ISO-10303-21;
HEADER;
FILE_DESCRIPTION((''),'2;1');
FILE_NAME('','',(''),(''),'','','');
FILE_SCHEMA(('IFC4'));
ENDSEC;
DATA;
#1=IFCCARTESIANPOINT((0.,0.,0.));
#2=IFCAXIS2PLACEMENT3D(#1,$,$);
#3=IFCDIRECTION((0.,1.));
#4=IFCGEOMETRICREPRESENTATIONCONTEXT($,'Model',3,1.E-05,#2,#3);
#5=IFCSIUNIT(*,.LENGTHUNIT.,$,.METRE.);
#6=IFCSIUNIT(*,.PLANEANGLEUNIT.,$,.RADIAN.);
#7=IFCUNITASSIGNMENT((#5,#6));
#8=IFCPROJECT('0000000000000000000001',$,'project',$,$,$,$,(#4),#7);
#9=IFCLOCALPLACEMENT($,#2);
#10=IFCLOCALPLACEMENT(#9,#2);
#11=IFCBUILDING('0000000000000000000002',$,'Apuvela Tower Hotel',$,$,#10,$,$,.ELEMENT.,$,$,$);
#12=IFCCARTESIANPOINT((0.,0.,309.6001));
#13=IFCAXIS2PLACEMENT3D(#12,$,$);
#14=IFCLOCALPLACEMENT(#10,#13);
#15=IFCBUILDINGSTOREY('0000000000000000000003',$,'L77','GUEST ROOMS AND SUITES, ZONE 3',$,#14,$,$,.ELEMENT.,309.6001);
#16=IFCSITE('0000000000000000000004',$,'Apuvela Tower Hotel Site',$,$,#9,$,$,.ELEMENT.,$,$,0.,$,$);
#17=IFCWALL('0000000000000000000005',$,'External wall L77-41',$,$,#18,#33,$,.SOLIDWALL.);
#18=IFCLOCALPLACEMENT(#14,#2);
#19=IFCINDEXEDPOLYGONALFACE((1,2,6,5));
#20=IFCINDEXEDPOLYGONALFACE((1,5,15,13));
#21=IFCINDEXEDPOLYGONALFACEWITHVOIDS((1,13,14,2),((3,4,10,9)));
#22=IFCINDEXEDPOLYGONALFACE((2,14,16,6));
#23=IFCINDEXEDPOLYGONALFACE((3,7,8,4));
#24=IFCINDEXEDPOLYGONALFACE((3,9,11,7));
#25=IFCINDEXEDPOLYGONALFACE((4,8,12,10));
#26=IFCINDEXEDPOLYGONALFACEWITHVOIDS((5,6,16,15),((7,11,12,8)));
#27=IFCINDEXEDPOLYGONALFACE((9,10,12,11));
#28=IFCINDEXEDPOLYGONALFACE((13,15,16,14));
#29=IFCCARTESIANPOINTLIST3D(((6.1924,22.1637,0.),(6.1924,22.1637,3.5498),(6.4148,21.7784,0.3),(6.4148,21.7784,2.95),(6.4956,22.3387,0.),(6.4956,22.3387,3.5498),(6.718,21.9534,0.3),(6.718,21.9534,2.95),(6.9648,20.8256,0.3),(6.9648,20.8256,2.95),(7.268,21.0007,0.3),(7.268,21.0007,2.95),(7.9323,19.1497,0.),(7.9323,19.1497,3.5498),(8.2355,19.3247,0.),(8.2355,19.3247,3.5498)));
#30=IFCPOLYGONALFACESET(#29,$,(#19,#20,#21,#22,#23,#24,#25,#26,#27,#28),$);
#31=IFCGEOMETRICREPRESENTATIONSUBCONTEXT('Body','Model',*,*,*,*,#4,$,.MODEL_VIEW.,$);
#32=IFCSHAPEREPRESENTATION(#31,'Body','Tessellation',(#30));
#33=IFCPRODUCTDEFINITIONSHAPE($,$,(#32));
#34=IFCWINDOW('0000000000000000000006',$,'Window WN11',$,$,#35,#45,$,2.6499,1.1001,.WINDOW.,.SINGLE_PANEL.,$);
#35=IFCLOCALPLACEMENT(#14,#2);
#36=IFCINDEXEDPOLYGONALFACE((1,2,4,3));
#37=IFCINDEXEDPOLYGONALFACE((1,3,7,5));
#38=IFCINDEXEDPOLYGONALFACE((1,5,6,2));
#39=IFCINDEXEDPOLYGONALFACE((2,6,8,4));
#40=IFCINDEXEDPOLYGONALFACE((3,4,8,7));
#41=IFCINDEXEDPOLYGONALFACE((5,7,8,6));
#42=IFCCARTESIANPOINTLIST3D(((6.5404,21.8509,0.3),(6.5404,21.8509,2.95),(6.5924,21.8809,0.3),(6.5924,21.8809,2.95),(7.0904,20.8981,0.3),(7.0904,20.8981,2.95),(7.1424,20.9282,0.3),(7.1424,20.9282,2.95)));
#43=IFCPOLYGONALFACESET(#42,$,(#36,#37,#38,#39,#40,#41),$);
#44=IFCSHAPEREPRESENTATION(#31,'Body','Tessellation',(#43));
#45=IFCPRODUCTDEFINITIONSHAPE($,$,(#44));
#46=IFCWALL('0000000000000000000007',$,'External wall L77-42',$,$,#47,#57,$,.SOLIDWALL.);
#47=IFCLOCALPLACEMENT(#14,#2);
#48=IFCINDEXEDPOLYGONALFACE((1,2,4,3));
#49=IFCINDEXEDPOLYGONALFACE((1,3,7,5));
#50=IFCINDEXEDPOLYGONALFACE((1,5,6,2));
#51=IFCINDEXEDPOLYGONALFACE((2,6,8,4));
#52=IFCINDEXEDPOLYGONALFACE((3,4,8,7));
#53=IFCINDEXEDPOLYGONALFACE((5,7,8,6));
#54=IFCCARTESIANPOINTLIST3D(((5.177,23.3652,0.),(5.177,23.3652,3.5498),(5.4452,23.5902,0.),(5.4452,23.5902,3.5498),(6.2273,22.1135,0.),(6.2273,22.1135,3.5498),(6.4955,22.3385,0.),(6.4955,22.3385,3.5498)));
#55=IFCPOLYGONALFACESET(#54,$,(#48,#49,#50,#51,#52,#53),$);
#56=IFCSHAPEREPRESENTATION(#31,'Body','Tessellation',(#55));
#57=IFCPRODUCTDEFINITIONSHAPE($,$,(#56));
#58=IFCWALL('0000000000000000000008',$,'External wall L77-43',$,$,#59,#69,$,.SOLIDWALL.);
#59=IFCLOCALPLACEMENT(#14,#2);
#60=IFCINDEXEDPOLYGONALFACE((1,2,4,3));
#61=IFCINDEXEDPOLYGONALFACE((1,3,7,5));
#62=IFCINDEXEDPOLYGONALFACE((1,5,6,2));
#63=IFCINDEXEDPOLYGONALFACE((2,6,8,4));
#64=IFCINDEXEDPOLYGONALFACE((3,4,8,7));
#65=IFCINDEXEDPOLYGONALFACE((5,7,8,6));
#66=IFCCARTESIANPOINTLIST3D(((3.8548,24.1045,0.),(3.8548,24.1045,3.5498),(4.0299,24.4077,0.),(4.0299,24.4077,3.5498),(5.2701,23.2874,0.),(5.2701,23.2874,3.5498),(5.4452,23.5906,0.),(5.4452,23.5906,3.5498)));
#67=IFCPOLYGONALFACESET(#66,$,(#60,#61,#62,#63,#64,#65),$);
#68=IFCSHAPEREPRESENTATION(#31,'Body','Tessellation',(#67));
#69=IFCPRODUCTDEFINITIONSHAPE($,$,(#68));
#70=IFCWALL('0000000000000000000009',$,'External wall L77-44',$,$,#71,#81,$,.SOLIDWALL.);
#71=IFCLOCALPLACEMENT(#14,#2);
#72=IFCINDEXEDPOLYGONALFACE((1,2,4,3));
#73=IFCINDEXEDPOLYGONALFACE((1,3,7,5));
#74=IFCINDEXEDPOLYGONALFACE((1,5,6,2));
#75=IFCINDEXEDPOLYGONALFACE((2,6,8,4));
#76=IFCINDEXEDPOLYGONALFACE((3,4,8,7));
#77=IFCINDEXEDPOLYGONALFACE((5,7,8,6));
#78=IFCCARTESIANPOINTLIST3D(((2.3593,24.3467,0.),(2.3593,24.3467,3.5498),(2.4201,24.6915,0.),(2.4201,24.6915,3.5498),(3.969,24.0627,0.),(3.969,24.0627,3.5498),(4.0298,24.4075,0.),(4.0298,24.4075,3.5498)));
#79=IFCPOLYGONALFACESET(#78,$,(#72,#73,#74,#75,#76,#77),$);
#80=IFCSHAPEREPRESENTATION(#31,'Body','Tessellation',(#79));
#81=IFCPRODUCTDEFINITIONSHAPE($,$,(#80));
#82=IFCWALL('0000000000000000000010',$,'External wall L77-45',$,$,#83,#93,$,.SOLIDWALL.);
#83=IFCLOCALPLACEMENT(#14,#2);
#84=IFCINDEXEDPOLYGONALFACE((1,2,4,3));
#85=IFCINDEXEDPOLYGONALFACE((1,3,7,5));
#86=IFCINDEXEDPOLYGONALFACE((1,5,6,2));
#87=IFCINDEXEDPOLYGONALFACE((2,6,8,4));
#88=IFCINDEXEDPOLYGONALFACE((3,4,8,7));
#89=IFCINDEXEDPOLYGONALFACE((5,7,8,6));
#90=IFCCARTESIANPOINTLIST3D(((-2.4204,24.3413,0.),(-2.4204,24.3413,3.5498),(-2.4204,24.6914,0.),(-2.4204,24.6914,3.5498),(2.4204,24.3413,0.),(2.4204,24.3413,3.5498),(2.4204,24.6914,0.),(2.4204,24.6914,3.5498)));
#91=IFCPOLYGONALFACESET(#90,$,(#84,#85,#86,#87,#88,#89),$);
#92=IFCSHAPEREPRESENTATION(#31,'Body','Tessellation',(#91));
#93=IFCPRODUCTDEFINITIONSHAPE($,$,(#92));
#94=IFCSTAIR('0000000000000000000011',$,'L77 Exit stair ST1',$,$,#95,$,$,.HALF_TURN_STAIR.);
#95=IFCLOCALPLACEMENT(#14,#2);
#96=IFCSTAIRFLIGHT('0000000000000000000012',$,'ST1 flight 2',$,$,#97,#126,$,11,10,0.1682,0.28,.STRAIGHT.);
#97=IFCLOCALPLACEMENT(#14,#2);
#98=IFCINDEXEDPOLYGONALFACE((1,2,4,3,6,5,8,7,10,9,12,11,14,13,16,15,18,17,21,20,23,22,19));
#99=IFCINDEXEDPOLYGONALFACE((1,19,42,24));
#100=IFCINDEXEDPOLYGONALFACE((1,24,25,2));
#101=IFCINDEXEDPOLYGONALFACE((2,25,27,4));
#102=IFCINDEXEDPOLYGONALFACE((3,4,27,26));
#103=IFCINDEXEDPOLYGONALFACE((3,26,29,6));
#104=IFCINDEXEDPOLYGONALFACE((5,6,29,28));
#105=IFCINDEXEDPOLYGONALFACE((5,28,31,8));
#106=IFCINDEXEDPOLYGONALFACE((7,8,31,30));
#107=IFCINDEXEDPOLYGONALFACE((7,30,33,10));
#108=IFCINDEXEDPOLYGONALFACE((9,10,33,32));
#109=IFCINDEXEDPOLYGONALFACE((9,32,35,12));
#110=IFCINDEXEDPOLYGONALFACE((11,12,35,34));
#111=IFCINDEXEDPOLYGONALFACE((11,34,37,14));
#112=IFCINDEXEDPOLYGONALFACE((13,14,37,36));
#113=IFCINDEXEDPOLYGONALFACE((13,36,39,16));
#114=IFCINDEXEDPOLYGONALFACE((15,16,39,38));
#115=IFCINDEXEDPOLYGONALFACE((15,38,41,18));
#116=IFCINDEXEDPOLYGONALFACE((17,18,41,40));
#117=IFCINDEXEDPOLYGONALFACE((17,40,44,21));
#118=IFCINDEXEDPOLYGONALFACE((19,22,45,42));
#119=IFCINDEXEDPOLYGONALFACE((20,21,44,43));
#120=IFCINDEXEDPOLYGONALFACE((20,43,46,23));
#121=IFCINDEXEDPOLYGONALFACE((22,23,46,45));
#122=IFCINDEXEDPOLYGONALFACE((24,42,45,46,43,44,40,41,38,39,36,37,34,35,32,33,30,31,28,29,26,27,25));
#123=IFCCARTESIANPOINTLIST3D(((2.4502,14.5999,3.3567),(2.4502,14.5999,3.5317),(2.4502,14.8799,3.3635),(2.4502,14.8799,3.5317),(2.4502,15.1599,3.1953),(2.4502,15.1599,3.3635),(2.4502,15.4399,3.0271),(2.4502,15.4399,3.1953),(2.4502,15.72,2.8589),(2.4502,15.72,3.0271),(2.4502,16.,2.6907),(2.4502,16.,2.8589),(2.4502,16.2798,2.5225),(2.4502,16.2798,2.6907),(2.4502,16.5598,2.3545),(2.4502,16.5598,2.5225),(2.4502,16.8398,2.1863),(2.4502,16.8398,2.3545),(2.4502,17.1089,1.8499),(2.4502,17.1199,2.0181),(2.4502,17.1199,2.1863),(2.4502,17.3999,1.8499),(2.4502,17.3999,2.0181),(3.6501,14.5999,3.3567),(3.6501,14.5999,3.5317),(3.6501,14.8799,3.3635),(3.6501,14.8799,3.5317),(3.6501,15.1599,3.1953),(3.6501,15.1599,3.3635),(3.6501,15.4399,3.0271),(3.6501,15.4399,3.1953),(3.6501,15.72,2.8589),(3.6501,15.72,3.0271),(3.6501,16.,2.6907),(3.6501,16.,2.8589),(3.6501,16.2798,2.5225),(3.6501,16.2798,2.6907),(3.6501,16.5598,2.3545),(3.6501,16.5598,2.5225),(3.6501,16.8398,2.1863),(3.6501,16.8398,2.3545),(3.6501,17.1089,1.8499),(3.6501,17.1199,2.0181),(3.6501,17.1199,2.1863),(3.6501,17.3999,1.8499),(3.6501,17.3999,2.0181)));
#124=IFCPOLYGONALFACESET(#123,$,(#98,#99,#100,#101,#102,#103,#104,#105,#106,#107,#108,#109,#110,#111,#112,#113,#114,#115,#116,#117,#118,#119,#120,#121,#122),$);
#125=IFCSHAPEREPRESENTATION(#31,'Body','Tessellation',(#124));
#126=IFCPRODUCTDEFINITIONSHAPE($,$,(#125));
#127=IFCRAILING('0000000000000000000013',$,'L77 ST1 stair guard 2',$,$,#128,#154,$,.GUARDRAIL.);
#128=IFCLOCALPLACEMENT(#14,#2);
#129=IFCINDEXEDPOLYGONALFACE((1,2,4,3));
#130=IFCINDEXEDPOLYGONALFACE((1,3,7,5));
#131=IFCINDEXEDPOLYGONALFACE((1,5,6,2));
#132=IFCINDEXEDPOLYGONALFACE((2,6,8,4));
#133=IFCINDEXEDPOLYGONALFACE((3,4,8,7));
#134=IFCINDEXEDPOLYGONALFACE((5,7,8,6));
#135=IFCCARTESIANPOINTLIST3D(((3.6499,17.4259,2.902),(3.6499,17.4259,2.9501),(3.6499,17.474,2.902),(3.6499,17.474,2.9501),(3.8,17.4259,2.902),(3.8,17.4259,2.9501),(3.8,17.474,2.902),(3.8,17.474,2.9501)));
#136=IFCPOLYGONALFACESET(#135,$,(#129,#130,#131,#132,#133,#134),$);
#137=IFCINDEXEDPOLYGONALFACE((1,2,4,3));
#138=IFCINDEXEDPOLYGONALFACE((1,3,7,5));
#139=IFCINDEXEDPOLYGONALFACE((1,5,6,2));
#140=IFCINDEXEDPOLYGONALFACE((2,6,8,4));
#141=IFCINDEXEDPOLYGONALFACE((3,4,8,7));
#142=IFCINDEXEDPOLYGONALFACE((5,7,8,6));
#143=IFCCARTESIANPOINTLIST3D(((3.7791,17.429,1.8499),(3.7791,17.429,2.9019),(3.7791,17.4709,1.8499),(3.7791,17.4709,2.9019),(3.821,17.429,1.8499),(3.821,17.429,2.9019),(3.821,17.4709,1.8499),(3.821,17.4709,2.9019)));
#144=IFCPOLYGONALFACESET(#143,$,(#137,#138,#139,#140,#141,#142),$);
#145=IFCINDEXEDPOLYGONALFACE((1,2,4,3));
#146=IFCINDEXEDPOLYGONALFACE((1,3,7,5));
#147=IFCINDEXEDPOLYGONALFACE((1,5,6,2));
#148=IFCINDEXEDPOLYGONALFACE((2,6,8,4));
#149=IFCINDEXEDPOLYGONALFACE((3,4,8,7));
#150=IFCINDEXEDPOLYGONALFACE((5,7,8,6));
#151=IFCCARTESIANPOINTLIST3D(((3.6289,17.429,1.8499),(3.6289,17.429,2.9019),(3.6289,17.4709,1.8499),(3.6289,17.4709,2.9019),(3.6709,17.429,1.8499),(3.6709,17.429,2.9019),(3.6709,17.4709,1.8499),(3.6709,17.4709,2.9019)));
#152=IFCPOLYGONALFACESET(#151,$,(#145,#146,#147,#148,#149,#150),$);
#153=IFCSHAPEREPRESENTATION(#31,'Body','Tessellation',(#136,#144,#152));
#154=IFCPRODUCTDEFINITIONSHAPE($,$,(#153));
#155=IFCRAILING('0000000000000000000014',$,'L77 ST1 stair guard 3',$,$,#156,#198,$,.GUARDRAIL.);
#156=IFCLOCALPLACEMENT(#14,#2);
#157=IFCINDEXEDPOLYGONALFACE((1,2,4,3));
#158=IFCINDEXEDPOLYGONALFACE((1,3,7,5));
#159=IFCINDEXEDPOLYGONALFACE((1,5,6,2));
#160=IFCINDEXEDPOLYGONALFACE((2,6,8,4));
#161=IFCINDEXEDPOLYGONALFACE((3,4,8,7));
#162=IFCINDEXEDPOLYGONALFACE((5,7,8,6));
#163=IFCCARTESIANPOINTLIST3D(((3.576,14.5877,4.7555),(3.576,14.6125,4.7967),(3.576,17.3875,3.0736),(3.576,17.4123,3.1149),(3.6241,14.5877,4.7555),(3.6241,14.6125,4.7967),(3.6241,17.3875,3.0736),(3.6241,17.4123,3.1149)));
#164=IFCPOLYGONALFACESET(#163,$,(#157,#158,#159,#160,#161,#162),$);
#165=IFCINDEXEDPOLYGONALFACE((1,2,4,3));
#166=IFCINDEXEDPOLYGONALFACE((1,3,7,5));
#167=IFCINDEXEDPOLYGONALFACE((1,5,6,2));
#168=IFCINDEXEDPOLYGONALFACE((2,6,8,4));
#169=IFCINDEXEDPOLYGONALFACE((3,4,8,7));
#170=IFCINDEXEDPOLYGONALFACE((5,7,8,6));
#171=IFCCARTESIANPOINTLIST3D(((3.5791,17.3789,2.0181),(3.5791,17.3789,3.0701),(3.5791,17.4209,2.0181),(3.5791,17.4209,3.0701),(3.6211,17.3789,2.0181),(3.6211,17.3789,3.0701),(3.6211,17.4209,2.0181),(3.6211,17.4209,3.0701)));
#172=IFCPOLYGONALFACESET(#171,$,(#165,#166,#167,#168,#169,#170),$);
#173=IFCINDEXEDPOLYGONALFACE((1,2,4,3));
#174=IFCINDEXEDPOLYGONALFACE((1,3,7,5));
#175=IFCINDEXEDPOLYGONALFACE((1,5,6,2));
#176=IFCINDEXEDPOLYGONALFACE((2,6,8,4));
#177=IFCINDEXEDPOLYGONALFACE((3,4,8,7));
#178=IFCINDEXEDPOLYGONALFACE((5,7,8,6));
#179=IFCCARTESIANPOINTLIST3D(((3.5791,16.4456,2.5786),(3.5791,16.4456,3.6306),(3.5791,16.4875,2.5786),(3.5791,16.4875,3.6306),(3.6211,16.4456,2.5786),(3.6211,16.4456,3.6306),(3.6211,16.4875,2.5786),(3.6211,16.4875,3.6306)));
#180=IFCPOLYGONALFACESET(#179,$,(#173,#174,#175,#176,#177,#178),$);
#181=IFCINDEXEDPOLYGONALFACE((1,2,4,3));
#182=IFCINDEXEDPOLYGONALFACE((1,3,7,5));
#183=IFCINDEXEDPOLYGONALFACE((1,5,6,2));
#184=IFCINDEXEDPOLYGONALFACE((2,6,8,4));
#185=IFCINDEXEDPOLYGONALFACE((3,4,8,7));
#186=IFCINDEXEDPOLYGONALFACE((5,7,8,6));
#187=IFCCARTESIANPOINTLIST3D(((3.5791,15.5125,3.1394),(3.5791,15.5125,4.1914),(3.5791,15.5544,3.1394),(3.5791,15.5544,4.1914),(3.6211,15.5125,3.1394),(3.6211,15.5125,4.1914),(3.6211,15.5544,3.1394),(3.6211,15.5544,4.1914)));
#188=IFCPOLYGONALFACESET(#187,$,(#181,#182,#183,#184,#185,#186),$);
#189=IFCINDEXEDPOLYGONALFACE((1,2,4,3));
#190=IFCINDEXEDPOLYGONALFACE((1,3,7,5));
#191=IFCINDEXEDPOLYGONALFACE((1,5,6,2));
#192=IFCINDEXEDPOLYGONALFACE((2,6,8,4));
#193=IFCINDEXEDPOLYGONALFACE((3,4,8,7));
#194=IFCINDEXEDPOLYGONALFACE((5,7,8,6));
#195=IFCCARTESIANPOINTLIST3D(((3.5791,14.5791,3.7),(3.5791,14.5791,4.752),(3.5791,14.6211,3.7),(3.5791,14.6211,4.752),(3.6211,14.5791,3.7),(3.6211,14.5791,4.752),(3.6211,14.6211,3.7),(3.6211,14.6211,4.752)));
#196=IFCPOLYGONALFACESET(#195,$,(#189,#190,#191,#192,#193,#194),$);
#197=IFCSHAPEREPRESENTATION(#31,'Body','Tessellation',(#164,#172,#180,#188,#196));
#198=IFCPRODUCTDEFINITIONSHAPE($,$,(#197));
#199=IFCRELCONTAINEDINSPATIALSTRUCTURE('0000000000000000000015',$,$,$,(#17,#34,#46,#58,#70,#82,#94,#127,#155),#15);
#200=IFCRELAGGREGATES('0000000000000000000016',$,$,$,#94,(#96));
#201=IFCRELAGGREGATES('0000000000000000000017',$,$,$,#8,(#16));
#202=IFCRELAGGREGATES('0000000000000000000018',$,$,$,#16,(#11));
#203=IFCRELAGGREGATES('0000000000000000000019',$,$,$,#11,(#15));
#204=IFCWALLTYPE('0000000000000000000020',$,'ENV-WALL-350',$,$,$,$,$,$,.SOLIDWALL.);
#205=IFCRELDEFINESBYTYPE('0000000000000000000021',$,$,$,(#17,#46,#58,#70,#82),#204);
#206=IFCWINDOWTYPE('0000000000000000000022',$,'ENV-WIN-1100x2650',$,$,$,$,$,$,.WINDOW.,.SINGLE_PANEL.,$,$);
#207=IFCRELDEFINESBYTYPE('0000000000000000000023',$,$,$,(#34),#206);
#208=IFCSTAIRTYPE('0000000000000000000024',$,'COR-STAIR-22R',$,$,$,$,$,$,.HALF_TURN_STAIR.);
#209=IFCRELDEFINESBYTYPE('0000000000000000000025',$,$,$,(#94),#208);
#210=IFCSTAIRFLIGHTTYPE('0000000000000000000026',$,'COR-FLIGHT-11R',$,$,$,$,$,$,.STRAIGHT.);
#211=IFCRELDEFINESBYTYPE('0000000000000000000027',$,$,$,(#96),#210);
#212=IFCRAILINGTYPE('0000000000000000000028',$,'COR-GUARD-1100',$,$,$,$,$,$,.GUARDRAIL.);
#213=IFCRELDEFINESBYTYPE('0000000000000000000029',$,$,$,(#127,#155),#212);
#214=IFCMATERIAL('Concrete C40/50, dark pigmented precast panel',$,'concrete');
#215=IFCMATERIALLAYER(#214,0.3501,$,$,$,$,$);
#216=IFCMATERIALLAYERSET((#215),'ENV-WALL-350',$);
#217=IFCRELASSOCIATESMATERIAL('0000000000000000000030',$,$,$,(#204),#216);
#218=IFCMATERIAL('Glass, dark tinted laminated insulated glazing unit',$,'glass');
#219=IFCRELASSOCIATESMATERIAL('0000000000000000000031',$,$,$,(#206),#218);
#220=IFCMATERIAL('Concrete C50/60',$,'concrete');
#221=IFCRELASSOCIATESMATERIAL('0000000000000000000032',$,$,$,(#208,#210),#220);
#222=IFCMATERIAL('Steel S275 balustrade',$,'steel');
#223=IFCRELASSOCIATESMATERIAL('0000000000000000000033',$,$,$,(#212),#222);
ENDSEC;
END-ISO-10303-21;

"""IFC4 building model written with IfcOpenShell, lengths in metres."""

from ifc_helpers import new_model, si_unit, direction, frame, frame_2d, origin, origin_2d, place, context, subcontext, project, spatial, polyline, rectangle, outline, extrude, material, layer, layer_set, type_object, element, fill, aggregate, save


model = new_model("IFC4")

# Units and contexts
model_context = context("Model", 3, precision=1e-05, world=origin(), true_north=direction((0.0, 1.0)))
body_context = subcontext(model_context, "Body", "Model", "MODEL_VIEW")
ifc_project = project(units=[si_unit("LENGTHUNIT", "METRE"), si_unit("PLANEANGLEUNIT", "RADIAN")], contexts=[model_context])

# Site, building, storey
site_placement = place(None, origin())
site = spatial("IfcSite", under=ifc_project, at=site_placement, Name="Apuvela Tower Hotel Site", CompositionType="ELEMENT", RefElevation=0.0)
building_placement = place(site_placement, origin())
building = spatial("IfcBuilding", under=site, at=building_placement, Name="Apuvela Tower Hotel", CompositionType="ELEMENT")
storey_placement = place(building_placement, frame((0.0, 0.0, 309.6001)))
storey = spatial("IfcBuildingStorey", under=building, at=storey_placement, Name="L77", Description="GUEST ROOMS AND SUITES, ZONE 3", CompositionType="ELEMENT", Elevation=309.6001)

# Shared definitions
ifc_material_1 = material(Name="Concrete C50/60", Category="concrete")
ifc_material_2 = material(Name="Concrete C40/50, dark pigmented precast panel", Category="concrete")
ifc_layer_1 = layer(ifc_material_2, 0.3501)
ifc_layer_set_1 = layer_set([ifc_layer_1], Name="ENV-WALL-350")
wall_type_1 = type_object("IfcWallType", Name="ENV-WALL-350", PredefinedType="SOLIDWALL", material=ifc_layer_set_1)

# Wall, opening, window
wall_1_placement = place(storey_placement, frame((8.084, 19.2371, 0.0), z_axis=(0.0, 0.0, 1.0), x_axis=(-0.499949, 0.866055, 0.0)))
wall_1 = element("IfcWall", 1, at=wall_1_placement, inside=storey, type_object=wall_type_1, Name="External wall L77-41", PredefinedType="SOLIDWALL", context=body_context, shape_type="SweptSolid", body=[
    extrude(rectangle(XDim=3.4802, YDim=0.3501, at=frame_2d((1.7402, 0.0))), origin(), (0.0, 0.0, 1.0), 3.5498),
])
opening_1_placement = place(wall_1_placement, frame((1.9353, 0.0, 0.3)))
opening_1 = element("IfcOpeningElement", 2, at=opening_1_placement, cuts=wall_1, PredefinedType="OPENING", context=body_context, shape_type="SweptSolid", body=[
    extrude(rectangle(XDim=1.1001, YDim=2.6499, at=frame_2d((0.55, 1.325))), frame((0.0, 0.1851, 0.0), z_axis=(0.0, -1.0, 0.0), x_axis=(1.0, 0.0, 0.0)), (0.0, 0.0, 1.0), 0.3701),
])
ifc_material_3 = material(Name="Glass, dark tinted laminated insulated glazing unit", Category="glass")
window_type = type_object("IfcWindowType", Name="ENV-WIN-1100x2650", PartitioningType="SINGLE_PANEL", PredefinedType="WINDOW", material=ifc_material_3)
window_placement = place(opening_1_placement, origin())
window = element("IfcWindow", 3, at=window_placement, inside=storey, type_object=window_type, Name="Window WN11", OverallHeight=2.6499, OverallWidth=1.1001, PartitioningType="SINGLE_PANEL", PredefinedType="WINDOW", context=body_context, shape_type="SweptSolid", body=[
    extrude(rectangle(XDim=1.1001, YDim=2.6499, at=frame_2d((0.55, 1.325))), frame((0.0, 0.03, 0.0), z_axis=(0.0, -1.0, 0.0), x_axis=(1.0, 0.0, 0.0)), (0.0, 0.0, 1.0), 0.0601),
])
fill(opening_1, window)

# Walls
wall_2_placement = place(storey_placement, frame((6.3613, 22.2261, 0.0), z_axis=(0.0, 0.0, 1.0), x_axis=(-0.642782, 0.766049, 0.0)))
element("IfcWall", 4, at=wall_2_placement, inside=storey, type_object=wall_type_1, Name="External wall L77-42", PredefinedType="SOLIDWALL", context=body_context, shape_type="SweptSolid", body=[
    extrude(rectangle(XDim=1.634, YDim=0.3501, at=frame_2d((0.8169, 0.0))), origin(), (0.0, 0.0, 1.0), 3.5498),
])
wall_3_placement = place(storey_placement, frame((5.3577, 23.439, 0.0), z_axis=(0.0, 0.0, 1.0), x_axis=(-0.866019, 0.500011, 0.0)))
element("IfcWall", 5, at=wall_3_placement, inside=storey, type_object=wall_type_1, Name="External wall L77-43", PredefinedType="SOLIDWALL", context=body_context, shape_type="SweptSolid", body=[
    extrude(rectangle(XDim=1.6343, YDim=0.3501, at=frame_2d((0.8171, 0.0))), origin(), (0.0, 0.0, 1.0), 3.5498),
])
wall_4_placement = place(storey_placement, frame((3.9995, 24.2351, 0.0), z_axis=(0.0, 0.0, 1.0), x_axis=(-0.984796, 0.173717, 0.0)))
element("IfcWall", 6, at=wall_4_placement, inside=storey, type_object=wall_type_1, Name="External wall L77-44", PredefinedType="SOLIDWALL", context=body_context, shape_type="SweptSolid", body=[
    extrude(rectangle(XDim=1.6345, YDim=0.3501, at=frame_2d((0.8174, 0.0))), origin(), (0.0, 0.0, 1.0), 3.5498),
])
wall_5_placement = place(storey_placement, frame((2.4204, 24.5164, 0.0), z_axis=(0.0, 0.0, 1.0), x_axis=(-1.0, 0.0, 0.0)))
element("IfcWall", 7, at=wall_5_placement, inside=storey, type_object=wall_type_1, Name="External wall L77-45", PredefinedType="SOLIDWALL", context=body_context, shape_type="SweptSolid", body=[
    extrude(rectangle(XDim=4.8408, YDim=0.3501, at=frame_2d((2.4204, 0.0))), origin(), (0.0, 0.0, 1.0), 3.5498),
])

# Stair, stair flight
stair_type = type_object("IfcStairType", Name="COR-STAIR-22R", PredefinedType="HALF_TURN_STAIR", material=ifc_material_1)
stair_placement = place(storey_placement, origin())
stair = element("IfcStair", 8, at=stair_placement, inside=storey, type_object=stair_type, Name="L77 Exit stair ST1", PredefinedType="HALF_TURN_STAIR")
stair_flight_type = type_object("IfcStairFlightType", Name="COR-FLIGHT-11R", PredefinedType="STRAIGHT", material=ifc_material_1)
stair_flight_placement = place(storey_placement, frame((3.05, 17.3999, 1.8499), z_axis=(0.0, 0.0, 1.0), x_axis=(0.0, -1.0, 0.0)))
stair_flight = element("IfcStairFlight", 9, at=stair_flight_placement, type_object=stair_flight_type, Name="ST1 flight 2", NumberOfRisers=11, NumberOfTreads=10, PredefinedType="STRAIGHT", RiserHeight=0.1682, TreadLength=0.28, context=body_context, shape_type="SweptSolid", body=[
    extrude(outline(polyline([(0.0, 0.0), (0.0, 0.1682), (0.28, 0.1682), (0.28, 0.3364), (0.5601, 0.3364), (0.5601, 0.5046), (0.8401, 0.5046), (0.8401, 0.6726), (1.1201, 0.6726), (1.1201, 0.8408), (1.3999, 0.8408), (1.3999, 1.009), (1.6799, 1.009), (1.6799, 1.1772), (1.96, 1.1772), (1.96, 1.3455), (2.24, 1.3455), (2.24, 1.5137), (2.52, 1.5137), (2.52, 1.6819), (2.8, 1.6819), (2.8, 1.8501), (2.8, 1.5068), (0.291, 0.0), (0.0, 0.0)])), frame((0.0, 0.6001, 0.0), z_axis=(0.0, -1.0, 0.0), x_axis=(1.0, 0.0, 0.0)), (0.0, 0.0, 1.0), 1.2),
])
aggregate(stair, [stair_flight])

# Railings
ifc_material_4 = material(Name="Steel S275 balustrade", Category="steel")
railing_type = type_object("IfcRailingType", Name="COR-GUARD-1100", PredefinedType="GUARDRAIL", material=ifc_material_4)
railing_1_placement = place(storey_placement, frame((3.8, 17.45, 1.8499)))
element("IfcRailing", 10, at=railing_1_placement, inside=storey, type_object=railing_type, Name="L77 ST1 stair guard 2", PredefinedType="GUARDRAIL", context=body_context, shape_type="SweptSolid", body=[
    extrude(rectangle(XDim=0.0481, YDim=0.0481, at=origin_2d()), frame((0.0, 0.0, 1.0762), z_axis=(-1.0, 0.0, 0.0), x_axis=(0.0, -1.0, 0.0)), (0.0, 0.0, 1.0), 0.1501),
    extrude(rectangle(XDim=0.042, YDim=0.042, at=origin_2d()), origin(), (0.0, 0.0, 1.0), 1.052),
    extrude(rectangle(XDim=0.042, YDim=0.042, at=origin_2d()), frame((-0.1501, 0.0, 0.0)), (0.0, 0.0, 1.0), 1.052),
])
railing_2_placement = place(storey_placement, frame((3.6001, 17.3999, 2.0181)))
element("IfcRailing", 11, at=railing_2_placement, inside=storey, type_object=railing_type, Name="L77 ST1 stair guard 3", PredefinedType="GUARDRAIL", context=body_context, shape_type="SweptSolid", body=[
    extrude(rectangle(XDim=0.0481, YDim=0.0481, at=origin_2d()), frame((0.0, 0.0, 1.0762), z_axis=(0.0, -0.857222, 0.514946), x_axis=(1.0, 0.0, 0.0)), (0.0, 0.0, 1.0), 3.2661),
    extrude(rectangle(XDim=0.042, YDim=0.042, at=origin_2d()), origin(), (0.0, 0.0, 1.0), 1.052),
    extrude(rectangle(XDim=0.042, YDim=0.042, at=origin_2d()), frame((0.0, -0.9333, 0.5605)), (0.0, 0.0, 1.0), 1.052),
    extrude(rectangle(XDim=0.042, YDim=0.042, at=origin_2d()), frame((0.0, -1.8665, 1.1213)), (0.0, 0.0, 1.0), 1.052),
    extrude(rectangle(XDim=0.042, YDim=0.042, at=origin_2d()), frame((0.0, -2.7998, 1.6819)), (0.0, 0.0, 1.0), 1.052),
])

save(model, "model.ifc")
